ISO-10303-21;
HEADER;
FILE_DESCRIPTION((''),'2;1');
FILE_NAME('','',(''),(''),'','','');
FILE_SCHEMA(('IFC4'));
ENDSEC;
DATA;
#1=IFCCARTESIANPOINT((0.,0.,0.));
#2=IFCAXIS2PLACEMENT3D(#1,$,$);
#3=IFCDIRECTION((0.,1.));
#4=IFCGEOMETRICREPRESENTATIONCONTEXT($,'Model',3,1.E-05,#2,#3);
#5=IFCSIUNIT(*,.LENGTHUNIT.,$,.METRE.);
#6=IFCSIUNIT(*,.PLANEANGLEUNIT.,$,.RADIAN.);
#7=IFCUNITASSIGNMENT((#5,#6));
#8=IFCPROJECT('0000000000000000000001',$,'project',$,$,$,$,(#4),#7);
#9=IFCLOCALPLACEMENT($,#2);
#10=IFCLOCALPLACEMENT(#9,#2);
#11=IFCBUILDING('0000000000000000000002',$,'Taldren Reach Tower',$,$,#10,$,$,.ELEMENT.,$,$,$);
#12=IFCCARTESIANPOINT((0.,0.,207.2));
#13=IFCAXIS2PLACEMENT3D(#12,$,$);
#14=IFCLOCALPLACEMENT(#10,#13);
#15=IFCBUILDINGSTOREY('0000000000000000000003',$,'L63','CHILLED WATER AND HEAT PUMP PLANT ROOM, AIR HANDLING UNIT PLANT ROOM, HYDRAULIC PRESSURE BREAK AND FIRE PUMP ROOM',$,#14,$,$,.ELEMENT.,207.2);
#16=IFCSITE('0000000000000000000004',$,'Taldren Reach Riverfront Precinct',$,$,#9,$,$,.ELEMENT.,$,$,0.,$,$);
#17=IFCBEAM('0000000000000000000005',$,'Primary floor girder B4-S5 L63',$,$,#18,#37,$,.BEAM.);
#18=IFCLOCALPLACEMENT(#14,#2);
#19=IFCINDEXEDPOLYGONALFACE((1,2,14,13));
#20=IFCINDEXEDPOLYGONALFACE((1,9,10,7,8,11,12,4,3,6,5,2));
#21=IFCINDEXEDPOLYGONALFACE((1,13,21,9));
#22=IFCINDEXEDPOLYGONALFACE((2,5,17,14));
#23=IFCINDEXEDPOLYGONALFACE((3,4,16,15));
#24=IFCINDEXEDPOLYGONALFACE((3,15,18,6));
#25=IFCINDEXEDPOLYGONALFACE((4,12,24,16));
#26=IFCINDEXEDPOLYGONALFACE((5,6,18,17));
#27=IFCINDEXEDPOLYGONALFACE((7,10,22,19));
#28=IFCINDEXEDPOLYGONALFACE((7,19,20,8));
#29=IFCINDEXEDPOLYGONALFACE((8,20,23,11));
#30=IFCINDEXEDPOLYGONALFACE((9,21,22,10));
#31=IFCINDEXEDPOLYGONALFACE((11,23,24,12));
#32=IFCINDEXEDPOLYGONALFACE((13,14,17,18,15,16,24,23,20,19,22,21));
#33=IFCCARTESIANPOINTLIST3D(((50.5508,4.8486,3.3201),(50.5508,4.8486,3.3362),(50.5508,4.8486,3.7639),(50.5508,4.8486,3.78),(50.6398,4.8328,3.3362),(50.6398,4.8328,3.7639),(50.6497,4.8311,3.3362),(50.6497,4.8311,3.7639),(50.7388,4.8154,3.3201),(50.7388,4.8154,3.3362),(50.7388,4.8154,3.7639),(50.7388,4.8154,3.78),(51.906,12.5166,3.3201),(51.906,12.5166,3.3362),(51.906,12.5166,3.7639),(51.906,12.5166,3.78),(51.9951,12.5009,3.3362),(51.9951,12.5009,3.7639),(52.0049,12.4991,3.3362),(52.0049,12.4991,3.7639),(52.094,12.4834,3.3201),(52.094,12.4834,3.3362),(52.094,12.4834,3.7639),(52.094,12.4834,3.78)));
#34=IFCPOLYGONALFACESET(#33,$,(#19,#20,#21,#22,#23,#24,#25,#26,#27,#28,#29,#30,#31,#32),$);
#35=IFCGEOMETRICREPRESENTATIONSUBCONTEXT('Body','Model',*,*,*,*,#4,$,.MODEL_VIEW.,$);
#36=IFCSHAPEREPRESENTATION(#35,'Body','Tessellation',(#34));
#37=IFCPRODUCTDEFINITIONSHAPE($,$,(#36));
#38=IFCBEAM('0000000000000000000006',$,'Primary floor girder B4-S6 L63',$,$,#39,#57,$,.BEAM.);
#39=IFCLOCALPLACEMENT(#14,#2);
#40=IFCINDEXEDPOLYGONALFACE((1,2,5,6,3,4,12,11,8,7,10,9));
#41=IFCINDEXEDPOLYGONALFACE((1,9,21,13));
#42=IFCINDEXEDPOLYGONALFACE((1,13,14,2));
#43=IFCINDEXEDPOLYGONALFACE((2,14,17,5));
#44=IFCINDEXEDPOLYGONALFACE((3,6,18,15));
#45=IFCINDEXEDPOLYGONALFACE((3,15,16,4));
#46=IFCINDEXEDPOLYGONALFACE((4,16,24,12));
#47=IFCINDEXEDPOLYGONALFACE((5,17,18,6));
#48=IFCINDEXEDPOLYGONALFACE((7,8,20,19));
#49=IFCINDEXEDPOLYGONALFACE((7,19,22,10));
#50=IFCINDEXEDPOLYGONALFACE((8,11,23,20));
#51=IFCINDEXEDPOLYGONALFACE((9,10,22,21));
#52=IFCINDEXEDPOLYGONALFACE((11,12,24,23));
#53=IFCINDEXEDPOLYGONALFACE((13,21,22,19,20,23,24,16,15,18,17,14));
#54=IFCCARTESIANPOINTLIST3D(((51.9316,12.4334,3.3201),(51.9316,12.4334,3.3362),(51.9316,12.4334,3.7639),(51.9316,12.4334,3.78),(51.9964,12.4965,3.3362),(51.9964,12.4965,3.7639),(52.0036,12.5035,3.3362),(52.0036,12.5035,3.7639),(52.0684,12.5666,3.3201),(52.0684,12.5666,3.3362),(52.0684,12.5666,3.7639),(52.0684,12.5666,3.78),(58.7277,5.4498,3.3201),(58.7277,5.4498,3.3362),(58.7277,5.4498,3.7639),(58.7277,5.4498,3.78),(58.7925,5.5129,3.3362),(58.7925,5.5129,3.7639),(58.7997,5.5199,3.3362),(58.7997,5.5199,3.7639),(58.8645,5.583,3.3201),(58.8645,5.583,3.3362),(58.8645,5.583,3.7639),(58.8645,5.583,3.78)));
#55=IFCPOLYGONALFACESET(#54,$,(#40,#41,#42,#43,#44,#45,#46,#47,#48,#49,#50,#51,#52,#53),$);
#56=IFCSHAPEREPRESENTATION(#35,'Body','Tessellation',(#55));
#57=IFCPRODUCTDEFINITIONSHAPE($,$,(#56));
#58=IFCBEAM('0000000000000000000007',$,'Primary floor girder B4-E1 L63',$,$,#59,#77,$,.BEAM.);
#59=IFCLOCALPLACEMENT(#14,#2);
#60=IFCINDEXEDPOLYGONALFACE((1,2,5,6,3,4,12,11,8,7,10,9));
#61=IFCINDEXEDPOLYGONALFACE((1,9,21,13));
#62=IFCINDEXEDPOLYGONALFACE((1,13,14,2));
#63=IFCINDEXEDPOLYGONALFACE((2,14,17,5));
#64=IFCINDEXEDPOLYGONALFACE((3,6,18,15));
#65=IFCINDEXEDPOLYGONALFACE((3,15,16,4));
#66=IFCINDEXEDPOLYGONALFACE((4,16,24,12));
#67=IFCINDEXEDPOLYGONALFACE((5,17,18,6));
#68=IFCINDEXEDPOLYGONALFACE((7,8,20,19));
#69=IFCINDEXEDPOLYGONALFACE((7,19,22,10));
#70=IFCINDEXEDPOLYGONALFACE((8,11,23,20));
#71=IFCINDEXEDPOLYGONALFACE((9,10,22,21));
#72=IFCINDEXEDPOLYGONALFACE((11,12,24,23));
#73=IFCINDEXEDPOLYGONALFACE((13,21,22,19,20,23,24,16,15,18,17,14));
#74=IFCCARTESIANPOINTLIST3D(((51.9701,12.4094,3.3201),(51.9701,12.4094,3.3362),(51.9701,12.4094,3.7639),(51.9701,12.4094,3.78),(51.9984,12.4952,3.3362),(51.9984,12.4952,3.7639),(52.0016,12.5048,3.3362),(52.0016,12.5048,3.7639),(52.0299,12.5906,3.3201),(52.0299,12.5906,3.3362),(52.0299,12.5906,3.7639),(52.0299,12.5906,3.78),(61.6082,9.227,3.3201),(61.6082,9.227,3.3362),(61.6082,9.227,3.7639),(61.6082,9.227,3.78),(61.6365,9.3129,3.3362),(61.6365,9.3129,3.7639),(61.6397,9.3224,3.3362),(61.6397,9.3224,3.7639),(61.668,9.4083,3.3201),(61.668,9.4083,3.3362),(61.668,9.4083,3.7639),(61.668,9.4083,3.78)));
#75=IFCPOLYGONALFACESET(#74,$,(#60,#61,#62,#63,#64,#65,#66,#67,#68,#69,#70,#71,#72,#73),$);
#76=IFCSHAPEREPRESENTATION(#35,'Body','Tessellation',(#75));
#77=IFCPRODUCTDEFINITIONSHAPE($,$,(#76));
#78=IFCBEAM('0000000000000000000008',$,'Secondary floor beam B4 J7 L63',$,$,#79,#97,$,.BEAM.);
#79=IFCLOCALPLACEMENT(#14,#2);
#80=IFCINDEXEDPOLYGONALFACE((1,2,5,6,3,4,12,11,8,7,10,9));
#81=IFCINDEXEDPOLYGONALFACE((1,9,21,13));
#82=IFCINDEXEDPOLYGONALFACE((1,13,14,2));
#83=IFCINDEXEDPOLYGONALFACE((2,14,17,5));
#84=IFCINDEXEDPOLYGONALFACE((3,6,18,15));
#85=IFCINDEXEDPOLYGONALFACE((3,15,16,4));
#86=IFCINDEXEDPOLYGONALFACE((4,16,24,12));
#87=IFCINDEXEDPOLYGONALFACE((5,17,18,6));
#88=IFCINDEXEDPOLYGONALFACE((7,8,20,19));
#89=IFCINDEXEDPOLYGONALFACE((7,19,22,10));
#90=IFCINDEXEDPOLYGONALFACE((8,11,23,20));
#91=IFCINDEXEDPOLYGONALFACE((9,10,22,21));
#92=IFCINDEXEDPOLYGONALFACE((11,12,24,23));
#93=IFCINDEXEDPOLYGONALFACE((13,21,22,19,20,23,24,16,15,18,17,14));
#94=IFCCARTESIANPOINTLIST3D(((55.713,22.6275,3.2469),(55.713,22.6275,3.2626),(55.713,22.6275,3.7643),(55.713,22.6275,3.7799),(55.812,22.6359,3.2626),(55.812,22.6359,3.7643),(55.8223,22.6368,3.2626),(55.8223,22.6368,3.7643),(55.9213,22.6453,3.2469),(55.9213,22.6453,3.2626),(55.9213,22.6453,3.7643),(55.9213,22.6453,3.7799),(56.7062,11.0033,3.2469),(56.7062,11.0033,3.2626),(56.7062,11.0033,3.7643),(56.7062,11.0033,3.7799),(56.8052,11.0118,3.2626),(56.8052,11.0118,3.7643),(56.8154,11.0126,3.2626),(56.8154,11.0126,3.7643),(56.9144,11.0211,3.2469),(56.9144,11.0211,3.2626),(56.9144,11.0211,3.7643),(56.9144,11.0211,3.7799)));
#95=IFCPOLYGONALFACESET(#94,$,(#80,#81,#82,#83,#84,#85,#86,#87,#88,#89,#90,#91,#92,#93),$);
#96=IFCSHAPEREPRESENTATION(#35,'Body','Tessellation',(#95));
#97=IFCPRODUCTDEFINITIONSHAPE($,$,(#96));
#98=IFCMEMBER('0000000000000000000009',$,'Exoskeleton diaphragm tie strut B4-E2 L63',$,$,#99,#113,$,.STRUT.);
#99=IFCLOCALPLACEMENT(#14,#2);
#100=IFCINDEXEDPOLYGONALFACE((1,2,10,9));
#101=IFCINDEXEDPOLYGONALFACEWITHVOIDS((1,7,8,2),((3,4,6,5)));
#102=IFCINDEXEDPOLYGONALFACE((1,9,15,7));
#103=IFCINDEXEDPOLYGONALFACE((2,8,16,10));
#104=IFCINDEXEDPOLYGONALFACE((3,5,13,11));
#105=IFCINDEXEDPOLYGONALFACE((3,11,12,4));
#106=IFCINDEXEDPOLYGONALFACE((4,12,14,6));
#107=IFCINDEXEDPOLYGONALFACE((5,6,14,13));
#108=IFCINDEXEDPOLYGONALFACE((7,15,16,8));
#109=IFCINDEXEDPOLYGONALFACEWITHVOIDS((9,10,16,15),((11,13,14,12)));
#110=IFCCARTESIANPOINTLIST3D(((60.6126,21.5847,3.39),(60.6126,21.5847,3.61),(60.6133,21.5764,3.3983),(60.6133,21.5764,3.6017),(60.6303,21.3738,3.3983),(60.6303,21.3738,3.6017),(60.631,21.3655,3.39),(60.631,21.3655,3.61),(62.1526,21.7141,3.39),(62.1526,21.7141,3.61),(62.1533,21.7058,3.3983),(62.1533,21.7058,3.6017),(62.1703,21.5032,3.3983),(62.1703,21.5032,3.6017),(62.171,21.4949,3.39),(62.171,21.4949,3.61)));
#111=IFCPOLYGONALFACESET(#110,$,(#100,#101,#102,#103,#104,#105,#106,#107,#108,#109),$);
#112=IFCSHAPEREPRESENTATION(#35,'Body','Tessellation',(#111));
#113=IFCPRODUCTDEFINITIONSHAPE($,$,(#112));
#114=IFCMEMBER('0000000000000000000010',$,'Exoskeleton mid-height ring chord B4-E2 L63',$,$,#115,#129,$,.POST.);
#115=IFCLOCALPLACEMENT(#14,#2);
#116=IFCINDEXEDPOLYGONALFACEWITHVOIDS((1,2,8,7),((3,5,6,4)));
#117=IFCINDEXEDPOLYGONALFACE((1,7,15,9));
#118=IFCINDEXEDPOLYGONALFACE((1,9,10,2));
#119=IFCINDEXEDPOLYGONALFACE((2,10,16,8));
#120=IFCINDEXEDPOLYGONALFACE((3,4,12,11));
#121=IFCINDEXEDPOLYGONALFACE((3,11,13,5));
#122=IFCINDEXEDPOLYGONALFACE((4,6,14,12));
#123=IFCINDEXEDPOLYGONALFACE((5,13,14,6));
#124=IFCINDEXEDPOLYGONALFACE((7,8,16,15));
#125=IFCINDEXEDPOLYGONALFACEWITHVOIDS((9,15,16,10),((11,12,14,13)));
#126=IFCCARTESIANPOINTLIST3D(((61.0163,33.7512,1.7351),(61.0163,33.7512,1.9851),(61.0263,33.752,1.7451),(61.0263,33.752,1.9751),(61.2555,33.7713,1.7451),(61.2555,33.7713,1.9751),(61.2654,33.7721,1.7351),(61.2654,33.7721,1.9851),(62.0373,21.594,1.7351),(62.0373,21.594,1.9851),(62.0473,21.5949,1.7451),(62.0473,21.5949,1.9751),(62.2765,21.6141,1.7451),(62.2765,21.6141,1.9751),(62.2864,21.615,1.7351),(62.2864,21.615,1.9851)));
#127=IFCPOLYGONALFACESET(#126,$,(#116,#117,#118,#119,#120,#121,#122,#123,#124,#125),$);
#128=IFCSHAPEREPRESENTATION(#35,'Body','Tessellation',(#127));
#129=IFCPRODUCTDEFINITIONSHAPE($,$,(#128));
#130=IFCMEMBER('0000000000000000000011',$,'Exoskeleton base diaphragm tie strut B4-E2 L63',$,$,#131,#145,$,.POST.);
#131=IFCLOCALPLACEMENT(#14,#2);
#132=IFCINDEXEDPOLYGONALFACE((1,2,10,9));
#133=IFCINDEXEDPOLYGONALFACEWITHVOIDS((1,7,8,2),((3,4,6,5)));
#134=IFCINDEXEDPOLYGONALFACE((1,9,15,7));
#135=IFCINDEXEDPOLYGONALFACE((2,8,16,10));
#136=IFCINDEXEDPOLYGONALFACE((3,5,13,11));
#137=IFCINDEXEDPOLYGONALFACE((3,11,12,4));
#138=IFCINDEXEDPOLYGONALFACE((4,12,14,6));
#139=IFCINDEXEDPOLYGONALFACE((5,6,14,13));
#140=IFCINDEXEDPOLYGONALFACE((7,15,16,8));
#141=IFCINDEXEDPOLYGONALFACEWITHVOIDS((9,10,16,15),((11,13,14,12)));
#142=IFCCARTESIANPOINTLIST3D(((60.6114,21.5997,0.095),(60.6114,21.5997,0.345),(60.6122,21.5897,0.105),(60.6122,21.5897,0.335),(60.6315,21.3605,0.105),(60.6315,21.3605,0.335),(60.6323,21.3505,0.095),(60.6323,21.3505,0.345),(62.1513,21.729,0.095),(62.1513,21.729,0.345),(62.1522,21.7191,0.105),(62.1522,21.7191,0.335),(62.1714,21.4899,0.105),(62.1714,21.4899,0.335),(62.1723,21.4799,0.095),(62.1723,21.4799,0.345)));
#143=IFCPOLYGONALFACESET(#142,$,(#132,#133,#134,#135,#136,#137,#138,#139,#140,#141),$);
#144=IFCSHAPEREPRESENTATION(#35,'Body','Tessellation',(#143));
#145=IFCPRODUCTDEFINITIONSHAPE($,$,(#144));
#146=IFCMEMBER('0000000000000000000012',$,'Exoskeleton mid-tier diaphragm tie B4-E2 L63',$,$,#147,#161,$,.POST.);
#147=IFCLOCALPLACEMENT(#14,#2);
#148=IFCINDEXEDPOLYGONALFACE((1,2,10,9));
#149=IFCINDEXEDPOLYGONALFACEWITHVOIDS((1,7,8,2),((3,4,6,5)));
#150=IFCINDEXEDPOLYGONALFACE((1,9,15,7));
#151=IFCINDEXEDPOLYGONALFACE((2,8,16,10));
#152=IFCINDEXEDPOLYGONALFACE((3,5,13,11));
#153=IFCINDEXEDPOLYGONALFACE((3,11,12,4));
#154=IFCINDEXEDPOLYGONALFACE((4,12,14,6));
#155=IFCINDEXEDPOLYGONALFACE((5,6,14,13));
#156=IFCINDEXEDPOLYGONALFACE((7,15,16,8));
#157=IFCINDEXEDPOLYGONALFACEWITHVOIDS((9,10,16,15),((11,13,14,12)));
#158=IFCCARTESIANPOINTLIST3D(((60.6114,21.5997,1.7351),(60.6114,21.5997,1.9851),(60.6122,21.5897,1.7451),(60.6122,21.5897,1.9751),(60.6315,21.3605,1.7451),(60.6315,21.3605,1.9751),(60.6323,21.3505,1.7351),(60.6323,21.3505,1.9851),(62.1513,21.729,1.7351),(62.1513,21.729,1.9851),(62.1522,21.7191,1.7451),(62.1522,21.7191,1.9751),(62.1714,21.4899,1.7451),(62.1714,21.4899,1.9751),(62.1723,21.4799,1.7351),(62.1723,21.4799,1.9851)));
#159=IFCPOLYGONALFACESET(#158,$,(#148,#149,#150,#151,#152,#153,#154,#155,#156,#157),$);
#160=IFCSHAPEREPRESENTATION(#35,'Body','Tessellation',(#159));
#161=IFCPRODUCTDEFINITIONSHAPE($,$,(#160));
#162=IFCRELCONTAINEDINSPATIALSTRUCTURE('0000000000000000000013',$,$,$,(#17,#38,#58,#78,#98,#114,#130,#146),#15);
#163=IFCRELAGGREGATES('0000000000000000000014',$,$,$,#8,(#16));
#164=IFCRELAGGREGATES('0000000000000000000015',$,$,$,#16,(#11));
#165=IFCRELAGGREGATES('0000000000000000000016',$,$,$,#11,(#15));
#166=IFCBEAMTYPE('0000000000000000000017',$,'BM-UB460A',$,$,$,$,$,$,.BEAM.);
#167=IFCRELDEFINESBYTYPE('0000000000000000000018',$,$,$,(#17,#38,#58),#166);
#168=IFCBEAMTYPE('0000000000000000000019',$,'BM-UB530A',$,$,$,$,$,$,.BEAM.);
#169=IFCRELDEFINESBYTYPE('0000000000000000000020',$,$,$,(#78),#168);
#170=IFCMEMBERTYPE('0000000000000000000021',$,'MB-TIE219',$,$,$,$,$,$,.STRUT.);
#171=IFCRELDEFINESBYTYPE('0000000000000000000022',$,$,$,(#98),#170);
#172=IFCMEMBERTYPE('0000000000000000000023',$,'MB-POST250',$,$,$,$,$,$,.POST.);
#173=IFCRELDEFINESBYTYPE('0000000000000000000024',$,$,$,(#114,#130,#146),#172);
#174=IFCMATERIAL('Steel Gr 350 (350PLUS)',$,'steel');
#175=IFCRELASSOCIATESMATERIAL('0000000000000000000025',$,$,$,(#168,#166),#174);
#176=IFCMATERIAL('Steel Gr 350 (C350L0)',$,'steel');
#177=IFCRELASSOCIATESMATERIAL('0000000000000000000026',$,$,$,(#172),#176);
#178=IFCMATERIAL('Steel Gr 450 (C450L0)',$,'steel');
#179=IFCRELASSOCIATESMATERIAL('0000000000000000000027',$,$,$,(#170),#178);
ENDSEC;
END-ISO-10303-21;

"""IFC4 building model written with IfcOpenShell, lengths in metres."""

from ifc_helpers import new_model, si_unit, direction, frame, origin, origin_2d, place, context, subcontext, project, spatial, hollow_rectangle, i_section, extrude, source, transform, mapped, material, material_profile, profile_set, type_object, element, save


model = new_model("IFC4")

# Units and contexts
model_context = context("Model", 3, precision=1e-05, world=origin(), true_north=direction((0.0, 1.0)))
body_context = subcontext(model_context, "Body", "Model", "MODEL_VIEW")
ifc_project = project(units=[si_unit("LENGTHUNIT", "METRE"), si_unit("PLANEANGLEUNIT", "RADIAN")], contexts=[model_context])

# Site, building, storey
site_placement = place(None, origin())
site = spatial("IfcSite", under=ifc_project, at=site_placement, Name="Taldren Reach Riverfront Precinct", CompositionType="ELEMENT", RefElevation=0.0)
building_placement = place(site_placement, origin())
building = spatial("IfcBuilding", under=site, at=building_placement, Name="Taldren Reach Tower", CompositionType="ELEMENT")
storey_placement = place(building_placement, frame((0.0, 0.0, 207.2)))
storey = spatial("IfcBuildingStorey", under=building, at=storey_placement, Name="L63", Description="CHILLED WATER AND HEAT PUMP PLANT ROOM, AIR HANDLING UNIT PLANT ROOM, HYDRAULIC PRESSURE BREAK AND FIRE PUMP ROOM", CompositionType="ELEMENT", Elevation=207.2)

# Shared definitions
ifc_material_1 = material(Name="Steel Gr 450 (C450L0)", Category="steel")
ifc_material_2 = material(Name="Steel Gr 350 (350PLUS)", Category="steel")

# Shared definitions
ifc_material_profile_1 = material_profile(ifc_material_2, i_section(OverallWidth=0.209, OverallDepth=0.533, WebThickness=0.0103, FlangeThickness=0.0156, at=origin_2d()), Name="530UB92.4")
ifc_profile_set_1 = profile_set([ifc_material_profile_1], Name="Steel Gr 350 (350PLUS)")
beam_type_1 = type_object("IfcBeamType", Name="BM-UB530A", PredefinedType="BEAM", material=ifc_profile_set_1)

# Shared definitions
ifc_material_3 = material(Name="Steel Gr 350 (C350L0)", Category="steel")
ifc_material_profile_2 = material_profile(ifc_material_3, hollow_rectangle(XDim=0.25, YDim=0.25, WallThickness=0.01, at=origin_2d()), Name="250x250x10.0SHS")
ifc_profile_set_2 = profile_set([ifc_material_profile_2], Name="Steel Gr 350 (C350L0)")
member_type_1 = type_object("IfcMemberType", Name="MB-POST250", PredefinedType="POST", material=ifc_profile_set_2)

# Beams
ifc_material_profile_3 = material_profile(ifc_material_2, i_section(OverallWidth=0.1909, OverallDepth=0.46, WebThickness=0.01, FlangeThickness=0.0161, at=origin_2d()), Name="460UB82.1")
ifc_profile_set_3 = profile_set([ifc_material_profile_3], Name="Steel Gr 350 (350PLUS)")
beam_type_2 = type_object("IfcBeamType", Name="BM-UB460A", PredefinedType="BEAM", material=ifc_profile_set_3)
shared_shape_1 = source(origin(), body_context, "Body", "SweptSolid", [
    extrude(i_section(OverallWidth=0.1909, OverallDepth=0.46, WebThickness=0.01, FlangeThickness=0.0161, at=origin_2d()), origin(), (0.0, 0.0, 1.0), 7.7869),
])
beam_1_placement = place(storey_placement, frame((52.0, 12.5, 3.55), z_axis=(-0.174041, -0.984738, 0.0), x_axis=(0.984738, -0.174041, 0.0)))
element("IfcBeam", 1, at=beam_1_placement, inside=storey, type_object=beam_type_2, Name="Primary floor girder B4-S5 L63", PredefinedType="BEAM", context=body_context, shape_type="MappedRepresentation", body=[
    mapped(shared_shape_1, transform((0.0, 0.0, 0.0), scale=1.0)),
])
shared_shape_2 = source(origin(), body_context, "Body", "SweptSolid", [
    extrude(i_section(OverallWidth=0.1909, OverallDepth=0.46, WebThickness=0.01, FlangeThickness=0.0161, at=origin_2d()), origin(), (0.0, 0.0, 1.0), 9.7446),
])
beam_2_placement = place(storey_placement, frame((52.0, 12.5, 3.55), z_axis=(0.697421, -0.716662, 0.0), x_axis=(0.716662, 0.697421, 0.0)))
element("IfcBeam", 2, at=beam_2_placement, inside=storey, type_object=beam_type_2, Name="Primary floor girder B4-S6 L63", PredefinedType="BEAM", context=body_context, shape_type="MappedRepresentation", body=[
    mapped(shared_shape_2, transform((0.0, 0.0, 0.0), scale=1.0)),
])
shared_shape_3 = source(origin(), body_context, "Body", "SweptSolid", [
    extrude(i_section(OverallWidth=0.1909, OverallDepth=0.46, WebThickness=0.01, FlangeThickness=0.0161, at=origin_2d()), origin(), (0.0, 0.0, 1.0), 10.1499),
])
beam_3_placement = place(storey_placement, frame((52.0, 12.5, 3.55), z_axis=(0.949577, -0.313535, 0.0), x_axis=(0.313535, 0.949577, 0.0)))
element("IfcBeam", 3, at=beam_3_placement, inside=storey, type_object=beam_type_2, Name="Primary floor girder B4-E1 L63", PredefinedType="BEAM", context=body_context, shape_type="MappedRepresentation", body=[
    mapped(shared_shape_3, transform((0.0, 0.0, 0.0), scale=1.0)),
])
shared_shape_4 = source(origin(), body_context, "Body", "SweptSolid", [
    extrude(i_section(OverallWidth=0.209, OverallDepth=0.533, WebThickness=0.0103, FlangeThickness=0.0156, at=origin_2d()), origin(), (0.0, 0.0, 1.0), 11.6665),
])
beam_4_placement = place(storey_placement, frame((56.8103, 11.0122, 3.5134), z_axis=(-0.085129, 0.99637, 0.0), x_axis=(-0.99637, -0.085129, 0.0)))
element("IfcBeam", 4, at=beam_4_placement, inside=storey, type_object=beam_type_1, Name="Secondary floor beam B4 J7 L63", PredefinedType="BEAM", context=body_context, shape_type="MappedRepresentation", body=[
    mapped(shared_shape_4, transform((0.0, 0.0, 0.0), scale=1.0)),
])

# Members
ifc_material_profile_4 = material_profile(ifc_material_1, hollow_rectangle(XDim=0.22, YDim=0.22, WallThickness=0.0083, at=origin_2d()), Name="220x220x8.2SHS")
ifc_profile_set_4 = profile_set([ifc_material_profile_4], Name="Steel Gr 450 (C450L0)")
member_type_2 = type_object("IfcMemberType", Name="MB-TIE219", PredefinedType="STRUT", material=ifc_profile_set_4)
shared_shape_5 = source(origin(), body_context, "Body", "SweptSolid", [
    extrude(hollow_rectangle(XDim=0.22, YDim=0.22, WallThickness=0.0083, at=origin_2d()), origin(), (0.0, 0.0, 1.0), 1.5454),
])
member_1_placement = place(storey_placement, frame((60.6218, 21.4751, 3.5), z_axis=(0.996489, 0.083725, 0.0), x_axis=(-0.083725, 0.996489, 0.0)))
element("IfcMember", 5, at=member_1_placement, inside=storey, type_object=member_type_2, Name="Exoskeleton diaphragm tie strut B4-E2 L63", PredefinedType="STRUT", context=body_context, shape_type="MappedRepresentation", body=[
    mapped(shared_shape_5, transform((0.0, 0.0, 0.0), scale=1.0)),
])
shared_shape_6 = source(origin(), body_context, "Body", "SweptSolid", [
    extrude(hollow_rectangle(XDim=0.25, YDim=0.25, WallThickness=0.01, at=origin_2d()), origin(), (0.0, 0.0, 1.0), 12.2),
])
member_2_placement = place(storey_placement, frame((62.1619, 21.6045, 1.8601), z_axis=(-0.083688, 0.996492, 0.0), x_axis=(-0.996492, -0.083688, 0.0)))
element("IfcMember", 6, at=member_2_placement, inside=storey, type_object=member_type_1, Name="Exoskeleton mid-height ring chord B4-E2 L63", PredefinedType="POST", context=body_context, shape_type="MappedRepresentation", body=[
    mapped(shared_shape_6, transform((0.0, 0.0, 0.0), scale=1.0)),
])
shared_shape_7 = source(origin(), body_context, "Body", "SweptSolid", [
    extrude(hollow_rectangle(XDim=0.25, YDim=0.25, WallThickness=0.01, at=origin_2d()), origin(), (0.0, 0.0, 1.0), 1.5454),
])
for number, where, z_axis, x_axis, name in (
    (7, (60.6218, 21.4751, 0.22), (0.996489, 0.083725, 0.0), (-0.083725, 0.996489, 0.0), "Exoskeleton base diaphragm tie strut B4-E2 L63"),
    (8, (60.6218, 21.4751, 1.8601), (0.996489, 0.083725, 0.0), (-0.083725, 0.996489, 0.0), "Exoskeleton mid-tier diaphragm tie B4-E2 L63"),
):
    element("IfcMember", number, at=place(storey_placement, frame(where, z_axis=z_axis, x_axis=x_axis)), inside=storey, type_object=member_type_1, Name=name, PredefinedType="POST", context=body_context, shape_type="MappedRepresentation", body=[
        mapped(shared_shape_7, transform((0.0, 0.0, 0.0), scale=1.0)),
    ])

save(model, "model.ifc")
